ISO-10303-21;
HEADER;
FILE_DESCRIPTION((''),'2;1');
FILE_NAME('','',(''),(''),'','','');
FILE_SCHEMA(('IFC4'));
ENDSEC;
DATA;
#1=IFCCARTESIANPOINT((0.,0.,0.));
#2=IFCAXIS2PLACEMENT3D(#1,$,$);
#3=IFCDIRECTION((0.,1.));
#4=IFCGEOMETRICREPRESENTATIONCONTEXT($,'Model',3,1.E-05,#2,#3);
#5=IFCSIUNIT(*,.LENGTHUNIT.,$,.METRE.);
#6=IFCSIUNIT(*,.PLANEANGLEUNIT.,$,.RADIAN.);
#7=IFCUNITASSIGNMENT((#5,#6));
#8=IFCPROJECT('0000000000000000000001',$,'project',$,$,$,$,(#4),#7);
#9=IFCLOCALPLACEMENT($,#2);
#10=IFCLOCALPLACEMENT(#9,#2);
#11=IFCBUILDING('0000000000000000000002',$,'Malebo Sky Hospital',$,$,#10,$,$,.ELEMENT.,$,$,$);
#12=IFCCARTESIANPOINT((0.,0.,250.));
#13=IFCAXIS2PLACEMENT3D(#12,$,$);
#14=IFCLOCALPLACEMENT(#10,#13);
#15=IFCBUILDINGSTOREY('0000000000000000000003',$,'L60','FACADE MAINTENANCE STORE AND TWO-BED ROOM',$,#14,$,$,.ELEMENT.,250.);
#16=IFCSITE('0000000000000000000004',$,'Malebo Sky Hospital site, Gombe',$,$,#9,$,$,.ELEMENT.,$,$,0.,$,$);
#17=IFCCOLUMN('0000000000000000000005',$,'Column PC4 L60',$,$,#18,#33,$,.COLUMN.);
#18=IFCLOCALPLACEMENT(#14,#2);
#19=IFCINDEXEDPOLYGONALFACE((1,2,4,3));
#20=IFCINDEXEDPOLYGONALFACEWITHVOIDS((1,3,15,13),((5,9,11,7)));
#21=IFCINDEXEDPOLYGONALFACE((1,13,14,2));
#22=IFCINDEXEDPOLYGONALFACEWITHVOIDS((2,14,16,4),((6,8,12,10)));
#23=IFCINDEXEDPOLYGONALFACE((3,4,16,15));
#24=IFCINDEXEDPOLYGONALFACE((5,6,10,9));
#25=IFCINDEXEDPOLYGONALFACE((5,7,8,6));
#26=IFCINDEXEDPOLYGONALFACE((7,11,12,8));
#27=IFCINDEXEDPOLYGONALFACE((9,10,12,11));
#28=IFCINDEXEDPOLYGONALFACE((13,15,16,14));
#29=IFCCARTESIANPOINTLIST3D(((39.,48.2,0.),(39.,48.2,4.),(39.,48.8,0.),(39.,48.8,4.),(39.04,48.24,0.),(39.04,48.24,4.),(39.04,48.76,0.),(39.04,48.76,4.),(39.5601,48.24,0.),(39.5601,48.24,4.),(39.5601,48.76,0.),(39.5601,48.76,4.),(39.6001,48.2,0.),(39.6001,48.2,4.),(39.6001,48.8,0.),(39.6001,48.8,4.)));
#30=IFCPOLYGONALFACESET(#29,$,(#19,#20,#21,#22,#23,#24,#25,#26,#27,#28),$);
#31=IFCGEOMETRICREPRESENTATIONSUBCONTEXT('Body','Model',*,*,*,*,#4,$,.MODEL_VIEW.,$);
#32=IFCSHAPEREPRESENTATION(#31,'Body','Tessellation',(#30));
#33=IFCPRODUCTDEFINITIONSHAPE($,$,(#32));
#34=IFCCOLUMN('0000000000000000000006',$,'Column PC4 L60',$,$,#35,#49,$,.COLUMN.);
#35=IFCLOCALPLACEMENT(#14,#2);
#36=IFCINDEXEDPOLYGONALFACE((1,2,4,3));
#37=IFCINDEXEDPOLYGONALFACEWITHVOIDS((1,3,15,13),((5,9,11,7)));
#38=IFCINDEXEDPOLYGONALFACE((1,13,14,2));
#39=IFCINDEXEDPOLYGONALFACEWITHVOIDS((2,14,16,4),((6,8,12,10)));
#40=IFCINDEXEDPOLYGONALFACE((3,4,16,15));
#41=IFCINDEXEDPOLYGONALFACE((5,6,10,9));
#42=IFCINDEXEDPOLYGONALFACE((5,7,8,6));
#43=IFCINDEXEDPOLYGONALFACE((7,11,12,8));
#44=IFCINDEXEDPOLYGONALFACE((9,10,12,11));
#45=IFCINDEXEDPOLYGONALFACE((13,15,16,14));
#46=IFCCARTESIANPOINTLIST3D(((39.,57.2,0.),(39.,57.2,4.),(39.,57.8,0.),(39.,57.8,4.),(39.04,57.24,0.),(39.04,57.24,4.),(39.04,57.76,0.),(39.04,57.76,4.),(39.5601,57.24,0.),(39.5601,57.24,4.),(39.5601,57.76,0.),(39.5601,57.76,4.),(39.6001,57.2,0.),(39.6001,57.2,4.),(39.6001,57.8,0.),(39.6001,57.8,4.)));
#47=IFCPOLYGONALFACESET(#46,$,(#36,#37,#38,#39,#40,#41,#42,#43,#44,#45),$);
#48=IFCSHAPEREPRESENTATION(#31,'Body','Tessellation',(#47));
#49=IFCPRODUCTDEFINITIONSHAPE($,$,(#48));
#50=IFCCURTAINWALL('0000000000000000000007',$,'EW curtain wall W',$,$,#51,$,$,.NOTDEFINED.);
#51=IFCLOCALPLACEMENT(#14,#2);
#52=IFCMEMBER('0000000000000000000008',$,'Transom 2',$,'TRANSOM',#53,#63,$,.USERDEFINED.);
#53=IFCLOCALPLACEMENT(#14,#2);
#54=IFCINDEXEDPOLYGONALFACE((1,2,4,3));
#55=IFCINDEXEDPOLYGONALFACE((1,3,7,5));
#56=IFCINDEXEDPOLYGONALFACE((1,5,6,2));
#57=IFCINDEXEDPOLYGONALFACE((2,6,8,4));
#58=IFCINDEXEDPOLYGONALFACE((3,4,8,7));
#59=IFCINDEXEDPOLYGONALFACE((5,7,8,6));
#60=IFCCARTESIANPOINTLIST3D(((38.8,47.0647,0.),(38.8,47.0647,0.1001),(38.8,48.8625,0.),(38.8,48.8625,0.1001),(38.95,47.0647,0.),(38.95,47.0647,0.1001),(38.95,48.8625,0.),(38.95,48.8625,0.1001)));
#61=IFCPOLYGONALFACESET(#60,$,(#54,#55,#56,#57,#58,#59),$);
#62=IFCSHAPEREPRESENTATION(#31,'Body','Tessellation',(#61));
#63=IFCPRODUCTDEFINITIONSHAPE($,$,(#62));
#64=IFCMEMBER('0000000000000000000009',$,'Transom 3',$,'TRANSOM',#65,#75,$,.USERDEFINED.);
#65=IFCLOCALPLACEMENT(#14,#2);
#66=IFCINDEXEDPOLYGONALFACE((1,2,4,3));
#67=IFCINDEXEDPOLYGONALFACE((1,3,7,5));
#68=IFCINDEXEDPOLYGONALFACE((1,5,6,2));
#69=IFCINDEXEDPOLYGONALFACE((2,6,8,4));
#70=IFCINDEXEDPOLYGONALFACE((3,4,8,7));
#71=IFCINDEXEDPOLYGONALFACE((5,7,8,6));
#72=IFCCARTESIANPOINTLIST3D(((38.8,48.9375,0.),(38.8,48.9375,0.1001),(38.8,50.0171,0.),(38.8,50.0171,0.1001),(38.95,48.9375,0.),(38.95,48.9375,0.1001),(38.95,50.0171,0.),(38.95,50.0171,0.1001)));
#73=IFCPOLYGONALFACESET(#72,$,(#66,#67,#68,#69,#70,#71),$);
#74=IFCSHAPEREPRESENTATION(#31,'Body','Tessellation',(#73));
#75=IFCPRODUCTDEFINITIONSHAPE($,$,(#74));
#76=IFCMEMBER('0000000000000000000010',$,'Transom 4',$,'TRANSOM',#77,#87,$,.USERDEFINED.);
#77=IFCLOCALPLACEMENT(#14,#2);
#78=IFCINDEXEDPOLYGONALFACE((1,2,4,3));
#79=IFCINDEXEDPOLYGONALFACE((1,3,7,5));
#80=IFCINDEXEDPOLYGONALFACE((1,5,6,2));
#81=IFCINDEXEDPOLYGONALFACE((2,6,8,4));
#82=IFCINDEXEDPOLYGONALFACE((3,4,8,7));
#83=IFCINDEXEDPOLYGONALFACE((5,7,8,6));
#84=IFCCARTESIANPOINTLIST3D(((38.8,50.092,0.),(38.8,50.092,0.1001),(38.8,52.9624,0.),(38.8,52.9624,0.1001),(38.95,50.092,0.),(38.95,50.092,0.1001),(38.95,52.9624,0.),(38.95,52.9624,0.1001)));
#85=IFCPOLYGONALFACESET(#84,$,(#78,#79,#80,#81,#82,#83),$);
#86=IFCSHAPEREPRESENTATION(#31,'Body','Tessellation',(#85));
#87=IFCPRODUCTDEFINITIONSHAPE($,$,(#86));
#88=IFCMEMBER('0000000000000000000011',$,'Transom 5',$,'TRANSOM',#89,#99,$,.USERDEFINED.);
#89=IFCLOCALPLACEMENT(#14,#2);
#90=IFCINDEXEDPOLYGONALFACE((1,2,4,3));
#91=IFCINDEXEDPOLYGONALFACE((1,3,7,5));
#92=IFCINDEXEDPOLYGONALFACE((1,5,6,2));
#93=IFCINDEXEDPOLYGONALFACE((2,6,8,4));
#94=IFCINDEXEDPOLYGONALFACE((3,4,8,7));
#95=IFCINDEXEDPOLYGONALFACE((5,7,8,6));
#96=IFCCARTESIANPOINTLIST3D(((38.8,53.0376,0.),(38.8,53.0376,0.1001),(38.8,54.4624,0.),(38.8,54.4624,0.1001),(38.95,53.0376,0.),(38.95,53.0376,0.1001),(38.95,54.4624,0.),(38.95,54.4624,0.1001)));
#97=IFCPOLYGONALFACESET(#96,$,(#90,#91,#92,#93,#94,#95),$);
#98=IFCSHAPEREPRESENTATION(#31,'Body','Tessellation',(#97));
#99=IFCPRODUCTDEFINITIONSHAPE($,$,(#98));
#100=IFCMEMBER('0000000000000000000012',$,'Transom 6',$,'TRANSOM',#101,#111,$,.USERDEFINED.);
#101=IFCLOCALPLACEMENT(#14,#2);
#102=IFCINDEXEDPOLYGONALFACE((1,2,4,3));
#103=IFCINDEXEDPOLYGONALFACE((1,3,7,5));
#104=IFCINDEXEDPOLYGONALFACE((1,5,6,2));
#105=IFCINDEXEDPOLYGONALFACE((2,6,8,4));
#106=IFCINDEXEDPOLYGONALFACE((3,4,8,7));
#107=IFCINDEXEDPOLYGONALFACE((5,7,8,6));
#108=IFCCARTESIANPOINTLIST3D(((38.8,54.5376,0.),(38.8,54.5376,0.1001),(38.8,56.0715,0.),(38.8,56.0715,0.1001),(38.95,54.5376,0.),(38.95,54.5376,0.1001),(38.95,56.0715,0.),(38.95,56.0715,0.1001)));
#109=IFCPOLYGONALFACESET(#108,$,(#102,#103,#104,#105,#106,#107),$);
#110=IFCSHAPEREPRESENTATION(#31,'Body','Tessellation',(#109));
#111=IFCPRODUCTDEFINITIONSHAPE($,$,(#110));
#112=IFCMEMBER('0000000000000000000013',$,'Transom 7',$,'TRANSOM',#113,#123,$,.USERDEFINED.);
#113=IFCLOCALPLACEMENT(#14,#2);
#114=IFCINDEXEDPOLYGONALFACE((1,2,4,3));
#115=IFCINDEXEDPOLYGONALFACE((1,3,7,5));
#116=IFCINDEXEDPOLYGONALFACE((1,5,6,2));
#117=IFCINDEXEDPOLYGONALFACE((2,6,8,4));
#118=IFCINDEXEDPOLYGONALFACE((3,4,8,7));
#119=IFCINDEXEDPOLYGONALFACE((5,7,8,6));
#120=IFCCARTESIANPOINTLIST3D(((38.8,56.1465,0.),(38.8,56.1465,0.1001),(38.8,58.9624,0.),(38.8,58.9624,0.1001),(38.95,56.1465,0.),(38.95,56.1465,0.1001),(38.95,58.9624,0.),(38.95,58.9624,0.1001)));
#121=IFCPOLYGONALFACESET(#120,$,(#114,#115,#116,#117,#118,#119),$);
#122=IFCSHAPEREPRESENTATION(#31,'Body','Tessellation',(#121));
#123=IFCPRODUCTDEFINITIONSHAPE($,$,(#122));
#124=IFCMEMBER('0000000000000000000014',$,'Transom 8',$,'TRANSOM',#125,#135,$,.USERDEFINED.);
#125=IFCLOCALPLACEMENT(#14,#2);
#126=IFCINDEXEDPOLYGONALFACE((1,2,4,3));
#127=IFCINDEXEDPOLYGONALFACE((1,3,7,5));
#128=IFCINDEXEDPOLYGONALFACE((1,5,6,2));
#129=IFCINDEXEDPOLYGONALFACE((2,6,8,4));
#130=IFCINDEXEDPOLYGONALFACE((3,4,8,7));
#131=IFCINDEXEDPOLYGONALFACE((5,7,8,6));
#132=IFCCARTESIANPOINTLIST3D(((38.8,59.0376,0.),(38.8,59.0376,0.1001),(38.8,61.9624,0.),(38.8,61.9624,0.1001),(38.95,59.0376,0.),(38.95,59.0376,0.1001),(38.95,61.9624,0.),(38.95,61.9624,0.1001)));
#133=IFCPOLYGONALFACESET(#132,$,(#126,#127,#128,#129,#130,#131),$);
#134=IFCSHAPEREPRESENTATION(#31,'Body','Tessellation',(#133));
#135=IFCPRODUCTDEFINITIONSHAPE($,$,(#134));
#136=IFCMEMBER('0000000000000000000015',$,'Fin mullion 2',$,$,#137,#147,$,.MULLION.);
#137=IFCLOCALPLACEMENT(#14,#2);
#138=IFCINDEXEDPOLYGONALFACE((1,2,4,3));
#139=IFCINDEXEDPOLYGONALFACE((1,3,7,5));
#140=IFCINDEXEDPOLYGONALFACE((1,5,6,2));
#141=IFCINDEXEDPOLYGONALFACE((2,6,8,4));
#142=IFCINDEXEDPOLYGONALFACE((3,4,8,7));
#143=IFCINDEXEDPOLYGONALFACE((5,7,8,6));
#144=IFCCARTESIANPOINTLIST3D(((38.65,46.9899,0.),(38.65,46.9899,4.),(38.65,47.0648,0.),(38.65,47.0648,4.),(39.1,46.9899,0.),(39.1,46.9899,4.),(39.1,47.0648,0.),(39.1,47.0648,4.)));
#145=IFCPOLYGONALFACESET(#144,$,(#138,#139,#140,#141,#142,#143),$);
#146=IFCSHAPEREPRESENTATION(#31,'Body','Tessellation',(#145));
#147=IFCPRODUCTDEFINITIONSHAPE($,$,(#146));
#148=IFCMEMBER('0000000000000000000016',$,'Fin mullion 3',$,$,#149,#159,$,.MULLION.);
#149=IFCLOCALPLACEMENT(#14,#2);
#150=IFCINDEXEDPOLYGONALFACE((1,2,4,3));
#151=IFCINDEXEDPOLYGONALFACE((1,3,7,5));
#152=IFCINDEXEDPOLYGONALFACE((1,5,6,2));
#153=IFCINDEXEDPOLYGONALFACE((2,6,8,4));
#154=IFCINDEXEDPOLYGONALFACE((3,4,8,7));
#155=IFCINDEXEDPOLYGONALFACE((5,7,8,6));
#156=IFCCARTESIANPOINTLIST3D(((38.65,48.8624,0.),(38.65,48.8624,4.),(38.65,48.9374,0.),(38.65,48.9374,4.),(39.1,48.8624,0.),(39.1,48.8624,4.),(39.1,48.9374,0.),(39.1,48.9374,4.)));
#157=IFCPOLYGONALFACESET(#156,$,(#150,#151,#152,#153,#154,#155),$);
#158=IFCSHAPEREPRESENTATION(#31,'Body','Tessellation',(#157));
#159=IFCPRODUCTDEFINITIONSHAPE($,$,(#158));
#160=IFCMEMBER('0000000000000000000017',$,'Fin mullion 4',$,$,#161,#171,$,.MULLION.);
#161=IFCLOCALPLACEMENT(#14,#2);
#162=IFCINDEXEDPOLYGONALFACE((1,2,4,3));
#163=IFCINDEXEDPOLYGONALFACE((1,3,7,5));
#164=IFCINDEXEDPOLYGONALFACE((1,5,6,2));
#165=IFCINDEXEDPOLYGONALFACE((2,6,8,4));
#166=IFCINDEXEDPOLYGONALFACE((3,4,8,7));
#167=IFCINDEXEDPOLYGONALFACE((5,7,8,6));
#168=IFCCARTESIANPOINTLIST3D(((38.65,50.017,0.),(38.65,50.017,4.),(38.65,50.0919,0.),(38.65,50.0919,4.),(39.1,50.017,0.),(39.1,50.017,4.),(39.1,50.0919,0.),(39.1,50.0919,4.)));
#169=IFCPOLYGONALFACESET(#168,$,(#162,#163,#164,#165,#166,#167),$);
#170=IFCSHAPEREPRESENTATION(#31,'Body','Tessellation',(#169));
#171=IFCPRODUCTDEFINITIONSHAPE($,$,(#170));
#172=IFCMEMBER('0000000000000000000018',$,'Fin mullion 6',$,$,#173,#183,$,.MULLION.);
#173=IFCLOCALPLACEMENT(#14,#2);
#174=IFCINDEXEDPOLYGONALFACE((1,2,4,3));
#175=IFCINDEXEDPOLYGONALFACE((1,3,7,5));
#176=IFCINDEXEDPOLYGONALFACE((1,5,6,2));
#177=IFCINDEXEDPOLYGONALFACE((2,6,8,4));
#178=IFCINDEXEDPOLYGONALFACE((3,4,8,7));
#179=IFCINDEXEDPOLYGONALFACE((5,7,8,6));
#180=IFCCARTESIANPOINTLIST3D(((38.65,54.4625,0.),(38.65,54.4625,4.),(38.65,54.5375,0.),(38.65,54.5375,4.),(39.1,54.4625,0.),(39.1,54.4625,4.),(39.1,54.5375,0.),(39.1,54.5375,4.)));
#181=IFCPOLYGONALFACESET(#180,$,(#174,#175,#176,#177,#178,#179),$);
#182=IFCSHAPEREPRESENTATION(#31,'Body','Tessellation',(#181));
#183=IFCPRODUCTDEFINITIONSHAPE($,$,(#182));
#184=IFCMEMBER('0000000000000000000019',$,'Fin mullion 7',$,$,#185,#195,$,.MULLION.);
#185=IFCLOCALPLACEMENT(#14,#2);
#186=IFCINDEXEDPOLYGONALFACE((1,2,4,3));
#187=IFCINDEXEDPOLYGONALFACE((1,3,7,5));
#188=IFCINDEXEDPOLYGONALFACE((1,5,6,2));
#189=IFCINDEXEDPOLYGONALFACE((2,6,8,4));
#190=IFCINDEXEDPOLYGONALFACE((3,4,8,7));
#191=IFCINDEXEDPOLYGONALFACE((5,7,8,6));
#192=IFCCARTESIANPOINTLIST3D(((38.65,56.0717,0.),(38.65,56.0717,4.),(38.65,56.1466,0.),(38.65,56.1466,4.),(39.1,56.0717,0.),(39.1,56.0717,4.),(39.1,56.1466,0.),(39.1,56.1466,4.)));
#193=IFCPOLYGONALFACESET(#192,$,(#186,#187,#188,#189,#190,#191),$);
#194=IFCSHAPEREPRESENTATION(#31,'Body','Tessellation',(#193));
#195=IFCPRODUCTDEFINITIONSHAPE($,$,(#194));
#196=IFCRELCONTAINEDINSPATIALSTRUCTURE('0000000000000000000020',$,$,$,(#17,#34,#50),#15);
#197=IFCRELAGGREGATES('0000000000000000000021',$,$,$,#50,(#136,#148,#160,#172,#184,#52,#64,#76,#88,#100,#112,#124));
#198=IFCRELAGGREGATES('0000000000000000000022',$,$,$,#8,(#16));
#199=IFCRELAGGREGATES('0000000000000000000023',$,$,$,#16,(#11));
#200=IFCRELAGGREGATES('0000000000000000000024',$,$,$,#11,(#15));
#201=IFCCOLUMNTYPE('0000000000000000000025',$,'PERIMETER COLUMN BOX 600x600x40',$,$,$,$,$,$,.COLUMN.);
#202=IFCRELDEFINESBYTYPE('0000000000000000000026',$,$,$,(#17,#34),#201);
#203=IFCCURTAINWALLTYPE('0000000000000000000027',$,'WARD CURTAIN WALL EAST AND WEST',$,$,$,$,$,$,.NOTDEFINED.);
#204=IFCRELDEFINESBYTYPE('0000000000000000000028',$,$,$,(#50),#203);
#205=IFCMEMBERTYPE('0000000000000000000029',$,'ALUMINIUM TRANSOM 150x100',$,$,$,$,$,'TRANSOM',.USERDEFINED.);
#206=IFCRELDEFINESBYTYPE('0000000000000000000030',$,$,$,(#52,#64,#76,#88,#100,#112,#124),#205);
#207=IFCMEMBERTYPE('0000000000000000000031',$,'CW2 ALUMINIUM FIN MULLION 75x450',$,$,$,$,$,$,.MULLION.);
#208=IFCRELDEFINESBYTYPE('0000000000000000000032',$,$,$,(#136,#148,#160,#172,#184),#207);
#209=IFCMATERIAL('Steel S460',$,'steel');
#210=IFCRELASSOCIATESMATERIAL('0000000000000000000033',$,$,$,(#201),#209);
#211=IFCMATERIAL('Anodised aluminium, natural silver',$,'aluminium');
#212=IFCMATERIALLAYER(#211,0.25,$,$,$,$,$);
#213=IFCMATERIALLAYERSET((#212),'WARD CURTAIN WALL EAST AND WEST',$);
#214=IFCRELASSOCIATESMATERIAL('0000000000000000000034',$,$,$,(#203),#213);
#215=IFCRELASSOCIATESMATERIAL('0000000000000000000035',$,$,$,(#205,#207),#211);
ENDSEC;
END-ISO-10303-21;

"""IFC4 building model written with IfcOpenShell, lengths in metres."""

from ifc_helpers import new_model, si_unit, direction, frame, origin, origin_2d, place, context, subcontext, project, spatial, rectangle, hollow_rectangle, extrude, material, layer, layer_set, material_profile, profile_set, type_object, element, aggregate, save


model = new_model("IFC4")

# Units and contexts
model_context = context("Model", 3, precision=1e-05, world=origin(), true_north=direction((0.0, 1.0)))
body_context = subcontext(model_context, "Body", "Model", "MODEL_VIEW")
ifc_project = project(units=[si_unit("LENGTHUNIT", "METRE"), si_unit("PLANEANGLEUNIT", "RADIAN")], contexts=[model_context])

# Site, building, storey
site_placement = place(None, origin())
site = spatial("IfcSite", under=ifc_project, at=site_placement, Name="Malebo Sky Hospital site, Gombe", CompositionType="ELEMENT", RefElevation=0.0)
building_placement = place(site_placement, origin())
building = spatial("IfcBuilding", under=site, at=building_placement, Name="Malebo Sky Hospital", CompositionType="ELEMENT")
storey_placement = place(building_placement, frame((0.0, 0.0, 250.0)))
storey = spatial("IfcBuildingStorey", under=building, at=storey_placement, Name="L60", Description="FACADE MAINTENANCE STORE AND TWO-BED ROOM", CompositionType="ELEMENT", Elevation=250.0)

# Columns
ifc_material_1 = material(Name="Steel S460", Category="steel")
ifc_material_profile_1 = material_profile(ifc_material_1, hollow_rectangle(XDim=0.6001, YDim=0.6001, WallThickness=0.04, at=origin_2d()), Name="BOX 600x600x40")
ifc_profile_set_1 = profile_set([ifc_material_profile_1], Name="Steel S460")
column_type = type_object("IfcColumnType", Name="PERIMETER COLUMN BOX 600x600x40", PredefinedType="COLUMN", material=ifc_profile_set_1)
for number, where, z_axis, x_axis, name in (
    (1, (39.3, 48.5, 0.0), (0.0, 0.0, 1.0), (1.0, 0.0, 0.0), "Column PC4 L60"),
    (2, (39.3, 57.5, 0.0), (0.0, 0.0, 1.0), (1.0, 0.0, 0.0), "Column PC4 L60"),
):
    element("IfcColumn", number, at=place(storey_placement, frame(where, z_axis=z_axis, x_axis=x_axis)), inside=storey, type_object=column_type, Name=name, PredefinedType="COLUMN", context=body_context, shape_type="SweptSolid", body=[
        extrude(hollow_rectangle(XDim=0.6001, YDim=0.6001, WallThickness=0.04, at=origin_2d()), origin(), (0.0, 0.0, 1.0), 4.0),
    ])

# Curtain wall, members
ifc_material_2 = material(Name="Anodised aluminium, natural silver", Category="aluminium")
ifc_layer_1 = layer(ifc_material_2, 0.25)
ifc_layer_set_1 = layer_set([ifc_layer_1], Name="WARD CURTAIN WALL EAST AND WEST")
curtain_wall_type = type_object("IfcCurtainWallType", Name="WARD CURTAIN WALL EAST AND WEST", PredefinedType="NOTDEFINED", material=ifc_layer_set_1)
curtain_wall_placement = place(storey_placement, origin())
curtain_wall = element("IfcCurtainWall", 3, at=curtain_wall_placement, inside=storey, type_object=curtain_wall_type, Name="EW curtain wall W", PredefinedType="NOTDEFINED")
ifc_material_profile_2 = material_profile(ifc_material_2, rectangle(XDim=0.1499, YDim=0.1001, at=origin_2d()), Name="ALUMINIUM TRANSOM 150x100")
ifc_profile_set_2 = profile_set([ifc_material_profile_2], Name="Anodised aluminium, natural silver")
member_type_1 = type_object("IfcMemberType", Name="ALUMINIUM TRANSOM 150x100", ElementType="TRANSOM", PredefinedType="USERDEFINED", material=ifc_profile_set_2)
member_1_placement = place(storey_placement, frame((38.875, 47.0647, 0.05), z_axis=(0.0, 1.0, 0.0), x_axis=(-1.0, 0.0, 0.0)))
member_1 = element("IfcMember", 4, at=member_1_placement, type_object=member_type_1, Name="Transom 2", ObjectType="TRANSOM", PredefinedType="USERDEFINED", context=body_context, shape_type="SweptSolid", body=[
    extrude(rectangle(XDim=0.1499, YDim=0.1001, at=origin_2d()), origin(), (0.0, 0.0, 1.0), 1.7979),
])
member_2_placement = place(storey_placement, frame((38.875, 48.9375, 0.05), z_axis=(0.0, 1.0, 0.0), x_axis=(-1.0, 0.0, 0.0)))
member_2 = element("IfcMember", 5, at=member_2_placement, type_object=member_type_1, Name="Transom 3", ObjectType="TRANSOM", PredefinedType="USERDEFINED", context=body_context, shape_type="SweptSolid", body=[
    extrude(rectangle(XDim=0.1499, YDim=0.1001, at=origin_2d()), origin(), (0.0, 0.0, 1.0), 1.0796),
])
member_3_placement = place(storey_placement, frame((38.875, 50.092, 0.05), z_axis=(0.0, 1.0, 0.0), x_axis=(-1.0, 0.0, 0.0)))
member_3 = element("IfcMember", 6, at=member_3_placement, type_object=member_type_1, Name="Transom 4", ObjectType="TRANSOM", PredefinedType="USERDEFINED", context=body_context, shape_type="SweptSolid", body=[
    extrude(rectangle(XDim=0.1499, YDim=0.1001, at=origin_2d()), origin(), (0.0, 0.0, 1.0), 2.8704),
])
member_4_placement = place(storey_placement, frame((38.875, 53.0376, 0.05), z_axis=(0.0, 1.0, 0.0), x_axis=(-1.0, 0.0, 0.0)))
member_4 = element("IfcMember", 7, at=member_4_placement, type_object=member_type_1, Name="Transom 5", ObjectType="TRANSOM", PredefinedType="USERDEFINED", context=body_context, shape_type="SweptSolid", body=[
    extrude(rectangle(XDim=0.1499, YDim=0.1001, at=origin_2d()), origin(), (0.0, 0.0, 1.0), 1.4248),
])
member_5_placement = place(storey_placement, frame((38.875, 54.5376, 0.05), z_axis=(0.0, 1.0, 0.0), x_axis=(-1.0, 0.0, 0.0)))
member_5 = element("IfcMember", 8, at=member_5_placement, type_object=member_type_1, Name="Transom 6", ObjectType="TRANSOM", PredefinedType="USERDEFINED", context=body_context, shape_type="SweptSolid", body=[
    extrude(rectangle(XDim=0.1499, YDim=0.1001, at=origin_2d()), origin(), (0.0, 0.0, 1.0), 1.5339),
])
member_6_placement = place(storey_placement, frame((38.875, 56.1465, 0.05), z_axis=(0.0, 1.0, 0.0), x_axis=(-1.0, 0.0, 0.0)))
member_6 = element("IfcMember", 9, at=member_6_placement, type_object=member_type_1, Name="Transom 7", ObjectType="TRANSOM", PredefinedType="USERDEFINED", context=body_context, shape_type="SweptSolid", body=[
    extrude(rectangle(XDim=0.1499, YDim=0.1001, at=origin_2d()), origin(), (0.0, 0.0, 1.0), 2.8159),
])
member_7_placement = place(storey_placement, frame((38.875, 59.0376, 0.05), z_axis=(0.0, 1.0, 0.0), x_axis=(-1.0, 0.0, 0.0)))
member_7 = element("IfcMember", 10, at=member_7_placement, type_object=member_type_1, Name="Transom 8", ObjectType="TRANSOM", PredefinedType="USERDEFINED", context=body_context, shape_type="SweptSolid", body=[
    extrude(rectangle(XDim=0.1499, YDim=0.1001, at=origin_2d()), origin(), (0.0, 0.0, 1.0), 2.9248),
])
ifc_material_profile_3 = material_profile(ifc_material_2, rectangle(XDim=0.075, YDim=0.45, at=origin_2d()), Name="CW2 ALUMINIUM FIN MULLION 75x450")
ifc_profile_set_3 = profile_set([ifc_material_profile_3], Name="Anodised aluminium, natural silver")
member_type_2 = type_object("IfcMemberType", Name="CW2 ALUMINIUM FIN MULLION 75x450", PredefinedType="MULLION", material=ifc_profile_set_3)
member_8_placement = place(storey_placement, frame((38.875, 47.0273, 0.0), z_axis=(0.0, 0.0, 1.0), x_axis=(0.0, 1.0, 0.0)))
member_8 = element("IfcMember", 11, at=member_8_placement, type_object=member_type_2, Name="Fin mullion 2", PredefinedType="MULLION", context=body_context, shape_type="SweptSolid", body=[
    extrude(rectangle(XDim=0.075, YDim=0.45, at=origin_2d()), origin(), (0.0, 0.0, 1.0), 4.0),
])
member_9_placement = place(storey_placement, frame((38.875, 48.8999, 0.0), z_axis=(0.0, 0.0, 1.0), x_axis=(0.0, 1.0, 0.0)))
member_9 = element("IfcMember", 12, at=member_9_placement, type_object=member_type_2, Name="Fin mullion 3", PredefinedType="MULLION", context=body_context, shape_type="SweptSolid", body=[
    extrude(rectangle(XDim=0.075, YDim=0.45, at=origin_2d()), origin(), (0.0, 0.0, 1.0), 4.0),
])
member_10_placement = place(storey_placement, frame((38.875, 50.0544, 0.0), z_axis=(0.0, 0.0, 1.0), x_axis=(0.0, 1.0, 0.0)))
member_10 = element("IfcMember", 13, at=member_10_placement, type_object=member_type_2, Name="Fin mullion 4", PredefinedType="MULLION", context=body_context, shape_type="SweptSolid", body=[
    extrude(rectangle(XDim=0.075, YDim=0.45, at=origin_2d()), origin(), (0.0, 0.0, 1.0), 4.0),
])
member_11_placement = place(storey_placement, frame((38.875, 54.5, 0.0), z_axis=(0.0, 0.0, 1.0), x_axis=(0.0, 1.0, 0.0)))
member_11 = element("IfcMember", 14, at=member_11_placement, type_object=member_type_2, Name="Fin mullion 6", PredefinedType="MULLION", context=body_context, shape_type="SweptSolid", body=[
    extrude(rectangle(XDim=0.075, YDim=0.45, at=origin_2d()), origin(), (0.0, 0.0, 1.0), 4.0),
])
member_12_placement = place(storey_placement, frame((38.875, 56.1091, 0.0), z_axis=(0.0, 0.0, 1.0), x_axis=(0.0, 1.0, 0.0)))
member_12 = element("IfcMember", 15, at=member_12_placement, type_object=member_type_2, Name="Fin mullion 7", PredefinedType="MULLION", context=body_context, shape_type="SweptSolid", body=[
    extrude(rectangle(XDim=0.075, YDim=0.45, at=origin_2d()), origin(), (0.0, 0.0, 1.0), 4.0),
])

aggregate(curtain_wall, [member_8, member_9, member_10, member_11, member_12, member_1, member_2, member_3, member_4, member_5, member_6, member_7])

save(model, "model.ifc")
